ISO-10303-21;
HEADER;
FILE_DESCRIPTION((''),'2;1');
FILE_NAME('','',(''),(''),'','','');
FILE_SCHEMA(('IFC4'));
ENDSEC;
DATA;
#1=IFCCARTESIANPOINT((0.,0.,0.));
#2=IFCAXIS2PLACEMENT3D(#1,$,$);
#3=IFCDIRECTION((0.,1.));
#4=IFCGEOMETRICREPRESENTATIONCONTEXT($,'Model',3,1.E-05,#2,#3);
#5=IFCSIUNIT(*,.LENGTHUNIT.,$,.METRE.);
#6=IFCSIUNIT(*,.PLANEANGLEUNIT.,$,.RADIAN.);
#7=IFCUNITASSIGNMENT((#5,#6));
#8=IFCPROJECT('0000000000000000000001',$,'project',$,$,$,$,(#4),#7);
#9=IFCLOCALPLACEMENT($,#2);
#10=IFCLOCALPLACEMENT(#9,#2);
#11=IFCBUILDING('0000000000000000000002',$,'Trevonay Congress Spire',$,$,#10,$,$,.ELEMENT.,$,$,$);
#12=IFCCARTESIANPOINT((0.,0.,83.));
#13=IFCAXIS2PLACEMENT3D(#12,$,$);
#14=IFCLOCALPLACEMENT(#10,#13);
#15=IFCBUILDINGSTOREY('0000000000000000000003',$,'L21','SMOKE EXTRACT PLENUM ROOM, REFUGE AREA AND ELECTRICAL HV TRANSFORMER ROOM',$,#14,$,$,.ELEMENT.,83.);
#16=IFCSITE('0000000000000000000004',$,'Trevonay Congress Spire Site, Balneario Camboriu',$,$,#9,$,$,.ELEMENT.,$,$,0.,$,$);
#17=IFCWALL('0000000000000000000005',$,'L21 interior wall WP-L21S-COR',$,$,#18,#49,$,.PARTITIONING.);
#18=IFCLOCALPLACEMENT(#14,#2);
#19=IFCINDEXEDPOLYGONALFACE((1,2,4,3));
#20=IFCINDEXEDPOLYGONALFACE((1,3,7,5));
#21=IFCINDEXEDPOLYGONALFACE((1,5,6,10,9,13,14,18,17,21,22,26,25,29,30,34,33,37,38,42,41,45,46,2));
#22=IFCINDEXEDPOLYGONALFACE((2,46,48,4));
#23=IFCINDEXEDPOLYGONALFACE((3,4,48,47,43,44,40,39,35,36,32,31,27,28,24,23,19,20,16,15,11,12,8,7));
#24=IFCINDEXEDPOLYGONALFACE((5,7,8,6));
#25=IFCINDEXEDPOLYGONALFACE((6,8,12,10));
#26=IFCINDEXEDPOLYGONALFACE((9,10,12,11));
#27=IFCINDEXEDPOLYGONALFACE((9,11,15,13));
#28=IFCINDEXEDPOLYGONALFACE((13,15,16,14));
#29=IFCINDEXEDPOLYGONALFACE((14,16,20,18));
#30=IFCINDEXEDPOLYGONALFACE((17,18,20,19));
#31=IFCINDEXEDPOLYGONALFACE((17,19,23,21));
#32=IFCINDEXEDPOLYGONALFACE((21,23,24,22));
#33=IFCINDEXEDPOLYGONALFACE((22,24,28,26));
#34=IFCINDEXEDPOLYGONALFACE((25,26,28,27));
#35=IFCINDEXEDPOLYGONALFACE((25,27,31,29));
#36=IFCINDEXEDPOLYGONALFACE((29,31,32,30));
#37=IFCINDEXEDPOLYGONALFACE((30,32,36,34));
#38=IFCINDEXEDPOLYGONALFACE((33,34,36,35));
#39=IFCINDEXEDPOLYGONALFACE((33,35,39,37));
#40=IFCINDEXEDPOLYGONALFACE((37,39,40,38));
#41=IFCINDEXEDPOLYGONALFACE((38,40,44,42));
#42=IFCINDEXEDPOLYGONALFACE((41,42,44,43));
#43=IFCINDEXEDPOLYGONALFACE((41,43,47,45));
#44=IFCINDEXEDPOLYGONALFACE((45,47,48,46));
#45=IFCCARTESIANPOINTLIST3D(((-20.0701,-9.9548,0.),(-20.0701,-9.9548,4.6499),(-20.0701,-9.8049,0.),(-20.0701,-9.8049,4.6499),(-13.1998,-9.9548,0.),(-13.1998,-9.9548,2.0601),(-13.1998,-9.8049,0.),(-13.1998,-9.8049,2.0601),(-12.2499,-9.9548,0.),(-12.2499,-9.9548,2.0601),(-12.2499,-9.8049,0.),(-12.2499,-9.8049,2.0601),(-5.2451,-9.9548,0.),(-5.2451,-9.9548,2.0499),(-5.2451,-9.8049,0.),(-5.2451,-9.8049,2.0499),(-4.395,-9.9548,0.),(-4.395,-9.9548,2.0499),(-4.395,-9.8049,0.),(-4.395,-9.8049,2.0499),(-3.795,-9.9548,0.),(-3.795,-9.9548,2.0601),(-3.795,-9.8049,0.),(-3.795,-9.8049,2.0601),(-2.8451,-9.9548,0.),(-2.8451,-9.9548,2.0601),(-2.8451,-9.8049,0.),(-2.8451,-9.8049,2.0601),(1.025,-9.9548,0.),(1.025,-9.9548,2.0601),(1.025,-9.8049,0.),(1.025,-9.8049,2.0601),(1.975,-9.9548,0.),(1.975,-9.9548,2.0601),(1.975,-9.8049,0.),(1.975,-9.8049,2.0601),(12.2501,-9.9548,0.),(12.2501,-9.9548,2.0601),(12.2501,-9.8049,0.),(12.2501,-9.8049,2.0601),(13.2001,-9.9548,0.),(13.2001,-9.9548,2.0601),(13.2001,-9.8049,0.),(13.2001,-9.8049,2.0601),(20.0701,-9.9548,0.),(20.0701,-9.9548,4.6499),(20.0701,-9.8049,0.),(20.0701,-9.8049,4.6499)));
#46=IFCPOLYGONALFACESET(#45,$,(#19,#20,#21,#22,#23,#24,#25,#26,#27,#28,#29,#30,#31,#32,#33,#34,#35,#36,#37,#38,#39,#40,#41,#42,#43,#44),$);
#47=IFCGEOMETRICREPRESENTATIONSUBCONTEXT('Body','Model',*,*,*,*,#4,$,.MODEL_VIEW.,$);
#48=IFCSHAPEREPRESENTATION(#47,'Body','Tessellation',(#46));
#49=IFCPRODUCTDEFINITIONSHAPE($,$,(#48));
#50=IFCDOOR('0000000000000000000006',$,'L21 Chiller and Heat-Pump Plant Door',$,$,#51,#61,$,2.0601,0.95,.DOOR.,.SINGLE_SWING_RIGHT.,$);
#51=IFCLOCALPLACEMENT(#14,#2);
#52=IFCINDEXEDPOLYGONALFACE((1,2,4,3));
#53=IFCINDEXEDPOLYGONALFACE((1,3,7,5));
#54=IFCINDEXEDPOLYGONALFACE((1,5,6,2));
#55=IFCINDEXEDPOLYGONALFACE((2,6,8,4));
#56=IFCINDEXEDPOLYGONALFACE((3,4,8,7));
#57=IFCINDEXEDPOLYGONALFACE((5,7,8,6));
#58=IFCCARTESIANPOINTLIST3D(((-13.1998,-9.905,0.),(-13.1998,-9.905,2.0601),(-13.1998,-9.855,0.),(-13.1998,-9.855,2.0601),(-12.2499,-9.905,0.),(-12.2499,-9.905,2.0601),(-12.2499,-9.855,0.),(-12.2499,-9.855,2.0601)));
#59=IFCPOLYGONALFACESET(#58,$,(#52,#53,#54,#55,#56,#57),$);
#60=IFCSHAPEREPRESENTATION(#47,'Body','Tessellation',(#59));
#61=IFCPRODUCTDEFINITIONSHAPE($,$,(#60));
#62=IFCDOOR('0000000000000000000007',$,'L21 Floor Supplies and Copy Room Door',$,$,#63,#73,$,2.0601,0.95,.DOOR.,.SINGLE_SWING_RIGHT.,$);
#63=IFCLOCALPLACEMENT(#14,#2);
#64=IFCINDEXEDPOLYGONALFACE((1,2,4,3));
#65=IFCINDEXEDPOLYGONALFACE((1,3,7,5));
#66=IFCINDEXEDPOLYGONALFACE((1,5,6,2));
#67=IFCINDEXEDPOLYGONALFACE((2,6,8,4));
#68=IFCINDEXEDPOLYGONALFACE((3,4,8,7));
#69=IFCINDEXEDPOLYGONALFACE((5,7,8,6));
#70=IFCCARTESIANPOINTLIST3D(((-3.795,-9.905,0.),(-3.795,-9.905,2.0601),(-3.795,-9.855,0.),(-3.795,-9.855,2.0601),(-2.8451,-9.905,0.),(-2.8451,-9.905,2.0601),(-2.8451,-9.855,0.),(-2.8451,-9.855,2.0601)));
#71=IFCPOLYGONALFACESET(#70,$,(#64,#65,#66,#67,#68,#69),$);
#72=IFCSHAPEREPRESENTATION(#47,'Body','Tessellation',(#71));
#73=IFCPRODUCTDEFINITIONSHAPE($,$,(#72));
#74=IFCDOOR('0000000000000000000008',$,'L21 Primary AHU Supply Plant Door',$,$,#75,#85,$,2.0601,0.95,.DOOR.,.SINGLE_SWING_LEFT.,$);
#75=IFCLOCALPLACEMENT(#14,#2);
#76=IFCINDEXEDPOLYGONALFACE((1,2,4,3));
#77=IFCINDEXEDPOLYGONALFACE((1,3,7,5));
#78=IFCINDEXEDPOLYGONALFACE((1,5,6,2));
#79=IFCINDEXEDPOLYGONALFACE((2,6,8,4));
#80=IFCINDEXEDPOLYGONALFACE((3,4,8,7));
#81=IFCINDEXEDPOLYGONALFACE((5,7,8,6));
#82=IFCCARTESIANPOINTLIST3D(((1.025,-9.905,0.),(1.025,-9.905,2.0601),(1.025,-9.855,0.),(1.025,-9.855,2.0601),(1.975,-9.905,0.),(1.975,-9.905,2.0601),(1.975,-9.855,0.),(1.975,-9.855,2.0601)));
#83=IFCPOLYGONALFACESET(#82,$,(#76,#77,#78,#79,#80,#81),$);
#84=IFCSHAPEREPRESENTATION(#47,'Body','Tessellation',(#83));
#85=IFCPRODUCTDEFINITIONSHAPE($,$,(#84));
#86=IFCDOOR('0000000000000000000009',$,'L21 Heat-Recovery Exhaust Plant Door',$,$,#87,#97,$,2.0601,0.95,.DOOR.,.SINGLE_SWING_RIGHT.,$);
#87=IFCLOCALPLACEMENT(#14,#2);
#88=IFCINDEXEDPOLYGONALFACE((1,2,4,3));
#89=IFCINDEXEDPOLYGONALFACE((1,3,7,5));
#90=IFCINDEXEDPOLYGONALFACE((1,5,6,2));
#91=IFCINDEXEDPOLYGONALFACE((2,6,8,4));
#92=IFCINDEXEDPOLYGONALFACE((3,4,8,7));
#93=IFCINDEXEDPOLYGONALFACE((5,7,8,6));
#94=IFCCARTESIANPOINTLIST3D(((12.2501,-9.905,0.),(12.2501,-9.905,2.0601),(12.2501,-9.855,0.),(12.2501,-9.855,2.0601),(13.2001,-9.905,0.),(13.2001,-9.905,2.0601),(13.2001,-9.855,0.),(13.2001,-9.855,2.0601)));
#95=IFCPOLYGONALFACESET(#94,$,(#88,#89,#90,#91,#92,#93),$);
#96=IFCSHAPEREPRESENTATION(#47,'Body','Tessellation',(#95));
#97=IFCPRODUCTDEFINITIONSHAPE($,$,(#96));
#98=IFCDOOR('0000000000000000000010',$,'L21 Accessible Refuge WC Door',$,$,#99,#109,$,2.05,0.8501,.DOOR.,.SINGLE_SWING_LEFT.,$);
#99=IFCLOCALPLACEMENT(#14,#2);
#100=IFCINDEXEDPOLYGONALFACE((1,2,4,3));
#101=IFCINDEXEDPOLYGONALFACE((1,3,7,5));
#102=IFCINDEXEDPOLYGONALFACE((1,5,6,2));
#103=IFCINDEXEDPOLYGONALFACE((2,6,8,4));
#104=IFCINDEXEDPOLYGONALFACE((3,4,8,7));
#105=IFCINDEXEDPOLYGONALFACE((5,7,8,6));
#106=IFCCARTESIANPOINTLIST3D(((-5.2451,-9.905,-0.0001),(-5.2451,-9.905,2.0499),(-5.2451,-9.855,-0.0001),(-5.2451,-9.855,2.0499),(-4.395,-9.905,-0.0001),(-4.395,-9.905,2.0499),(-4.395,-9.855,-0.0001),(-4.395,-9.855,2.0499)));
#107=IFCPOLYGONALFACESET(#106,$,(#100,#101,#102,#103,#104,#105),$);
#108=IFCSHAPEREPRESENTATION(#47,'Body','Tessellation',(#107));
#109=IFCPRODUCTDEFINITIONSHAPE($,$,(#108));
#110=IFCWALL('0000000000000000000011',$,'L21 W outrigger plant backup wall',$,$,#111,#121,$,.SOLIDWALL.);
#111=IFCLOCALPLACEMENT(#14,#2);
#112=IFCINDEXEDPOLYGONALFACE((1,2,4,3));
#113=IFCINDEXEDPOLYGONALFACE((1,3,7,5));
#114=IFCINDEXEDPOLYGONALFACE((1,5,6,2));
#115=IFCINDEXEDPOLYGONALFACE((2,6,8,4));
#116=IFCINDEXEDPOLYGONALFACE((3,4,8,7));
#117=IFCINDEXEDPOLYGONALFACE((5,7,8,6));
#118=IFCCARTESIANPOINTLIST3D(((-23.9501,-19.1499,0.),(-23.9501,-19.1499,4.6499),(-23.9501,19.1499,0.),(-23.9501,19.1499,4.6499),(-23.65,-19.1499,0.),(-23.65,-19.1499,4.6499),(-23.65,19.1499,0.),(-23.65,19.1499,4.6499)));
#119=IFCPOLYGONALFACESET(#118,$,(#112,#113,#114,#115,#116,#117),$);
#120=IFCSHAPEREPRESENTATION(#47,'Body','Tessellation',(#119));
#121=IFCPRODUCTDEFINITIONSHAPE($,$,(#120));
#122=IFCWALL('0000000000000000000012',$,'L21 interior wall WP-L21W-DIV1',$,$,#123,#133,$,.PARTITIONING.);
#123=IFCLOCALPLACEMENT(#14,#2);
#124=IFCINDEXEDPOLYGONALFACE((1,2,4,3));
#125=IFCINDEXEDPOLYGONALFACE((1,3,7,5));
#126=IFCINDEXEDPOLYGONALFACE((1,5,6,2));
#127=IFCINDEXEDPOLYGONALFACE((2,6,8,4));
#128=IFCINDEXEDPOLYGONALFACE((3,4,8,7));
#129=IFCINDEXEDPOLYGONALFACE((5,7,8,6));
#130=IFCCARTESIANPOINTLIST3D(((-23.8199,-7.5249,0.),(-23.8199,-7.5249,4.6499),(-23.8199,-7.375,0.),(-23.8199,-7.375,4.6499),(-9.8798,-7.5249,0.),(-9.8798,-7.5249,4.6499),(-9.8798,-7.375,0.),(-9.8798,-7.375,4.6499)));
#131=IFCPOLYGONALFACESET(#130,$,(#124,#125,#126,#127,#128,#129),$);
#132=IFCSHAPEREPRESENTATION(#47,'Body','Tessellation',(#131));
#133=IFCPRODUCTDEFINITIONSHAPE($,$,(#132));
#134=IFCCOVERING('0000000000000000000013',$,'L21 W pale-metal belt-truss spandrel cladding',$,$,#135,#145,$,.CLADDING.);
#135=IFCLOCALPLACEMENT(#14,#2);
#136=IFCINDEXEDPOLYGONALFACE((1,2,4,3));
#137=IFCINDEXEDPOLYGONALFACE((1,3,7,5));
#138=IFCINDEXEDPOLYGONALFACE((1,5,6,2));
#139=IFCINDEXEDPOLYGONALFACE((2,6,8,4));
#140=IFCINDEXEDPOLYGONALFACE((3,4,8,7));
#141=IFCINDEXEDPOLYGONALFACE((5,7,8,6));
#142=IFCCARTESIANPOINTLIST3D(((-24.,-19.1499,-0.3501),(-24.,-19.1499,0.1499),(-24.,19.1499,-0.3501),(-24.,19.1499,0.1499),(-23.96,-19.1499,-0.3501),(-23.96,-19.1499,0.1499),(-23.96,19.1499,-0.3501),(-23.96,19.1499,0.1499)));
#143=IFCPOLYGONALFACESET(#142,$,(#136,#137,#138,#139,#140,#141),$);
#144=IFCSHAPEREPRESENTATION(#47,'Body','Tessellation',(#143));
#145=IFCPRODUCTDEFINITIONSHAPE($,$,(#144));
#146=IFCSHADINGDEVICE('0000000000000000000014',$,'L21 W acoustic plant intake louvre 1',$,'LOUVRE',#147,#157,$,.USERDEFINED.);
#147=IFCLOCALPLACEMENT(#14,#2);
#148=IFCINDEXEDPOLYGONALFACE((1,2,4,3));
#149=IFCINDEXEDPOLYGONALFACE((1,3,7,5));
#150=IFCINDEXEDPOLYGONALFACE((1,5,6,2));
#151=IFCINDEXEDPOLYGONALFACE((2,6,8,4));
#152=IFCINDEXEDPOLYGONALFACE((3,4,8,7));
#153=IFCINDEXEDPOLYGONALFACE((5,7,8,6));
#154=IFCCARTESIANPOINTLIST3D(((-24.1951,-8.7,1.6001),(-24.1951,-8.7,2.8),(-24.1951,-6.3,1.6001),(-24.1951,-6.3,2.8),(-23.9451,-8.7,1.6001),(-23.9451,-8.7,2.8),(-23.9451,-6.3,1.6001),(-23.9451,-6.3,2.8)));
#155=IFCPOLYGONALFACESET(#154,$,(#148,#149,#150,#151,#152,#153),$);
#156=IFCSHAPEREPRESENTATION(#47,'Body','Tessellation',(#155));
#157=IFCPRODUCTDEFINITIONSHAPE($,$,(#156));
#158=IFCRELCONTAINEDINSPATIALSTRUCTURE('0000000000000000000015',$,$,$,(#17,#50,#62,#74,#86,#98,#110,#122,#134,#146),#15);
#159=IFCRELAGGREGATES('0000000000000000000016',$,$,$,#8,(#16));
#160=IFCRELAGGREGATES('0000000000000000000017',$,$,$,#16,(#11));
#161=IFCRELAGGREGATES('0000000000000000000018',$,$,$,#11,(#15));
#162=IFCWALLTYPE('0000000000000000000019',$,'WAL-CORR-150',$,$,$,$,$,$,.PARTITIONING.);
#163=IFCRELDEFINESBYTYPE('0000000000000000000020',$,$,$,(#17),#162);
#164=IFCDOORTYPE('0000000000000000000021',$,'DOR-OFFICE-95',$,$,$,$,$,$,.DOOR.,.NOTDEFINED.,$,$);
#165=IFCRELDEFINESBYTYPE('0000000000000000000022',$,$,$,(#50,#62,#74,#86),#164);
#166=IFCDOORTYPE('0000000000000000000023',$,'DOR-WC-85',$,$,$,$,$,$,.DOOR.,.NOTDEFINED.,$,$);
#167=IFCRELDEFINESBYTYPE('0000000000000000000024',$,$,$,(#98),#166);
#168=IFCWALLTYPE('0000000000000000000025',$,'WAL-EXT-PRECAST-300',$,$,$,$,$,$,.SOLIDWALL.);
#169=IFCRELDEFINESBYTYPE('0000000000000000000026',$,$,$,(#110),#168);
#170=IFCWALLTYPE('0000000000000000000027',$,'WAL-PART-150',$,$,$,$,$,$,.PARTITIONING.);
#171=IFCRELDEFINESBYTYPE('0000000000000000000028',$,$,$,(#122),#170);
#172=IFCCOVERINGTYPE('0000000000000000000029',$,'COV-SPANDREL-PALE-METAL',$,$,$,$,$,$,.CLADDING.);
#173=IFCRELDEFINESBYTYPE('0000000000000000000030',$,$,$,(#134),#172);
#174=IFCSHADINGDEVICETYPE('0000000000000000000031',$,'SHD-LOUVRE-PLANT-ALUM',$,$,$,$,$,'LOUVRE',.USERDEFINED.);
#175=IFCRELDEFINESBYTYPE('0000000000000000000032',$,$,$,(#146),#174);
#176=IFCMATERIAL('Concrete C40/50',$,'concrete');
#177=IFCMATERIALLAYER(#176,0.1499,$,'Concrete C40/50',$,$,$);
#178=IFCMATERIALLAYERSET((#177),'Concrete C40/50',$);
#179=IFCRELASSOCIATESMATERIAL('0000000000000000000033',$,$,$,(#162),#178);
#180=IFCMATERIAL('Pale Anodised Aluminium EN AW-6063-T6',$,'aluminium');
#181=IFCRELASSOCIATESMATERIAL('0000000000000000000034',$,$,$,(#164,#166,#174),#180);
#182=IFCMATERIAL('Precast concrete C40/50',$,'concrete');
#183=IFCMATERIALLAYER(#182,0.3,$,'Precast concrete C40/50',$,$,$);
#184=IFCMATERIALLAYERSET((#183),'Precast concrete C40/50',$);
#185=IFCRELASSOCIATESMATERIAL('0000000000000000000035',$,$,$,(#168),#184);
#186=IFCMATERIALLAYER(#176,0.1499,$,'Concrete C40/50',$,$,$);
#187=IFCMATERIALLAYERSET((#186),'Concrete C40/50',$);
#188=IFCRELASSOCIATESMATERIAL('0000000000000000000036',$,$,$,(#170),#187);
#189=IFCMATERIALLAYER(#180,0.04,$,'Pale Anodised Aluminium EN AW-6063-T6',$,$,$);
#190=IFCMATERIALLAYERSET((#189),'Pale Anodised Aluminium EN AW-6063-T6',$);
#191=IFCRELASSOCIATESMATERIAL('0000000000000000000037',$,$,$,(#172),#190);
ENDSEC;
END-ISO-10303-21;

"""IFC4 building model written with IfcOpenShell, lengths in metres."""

from ifc_helpers import new_model, si_unit, direction, frame, frame_2d, origin, origin_2d, place, context, subcontext, project, spatial, rectangle, extrude, material, layer, layer_set, type_object, element, fill, save


model = new_model("IFC4")

# Units and contexts
model_context = context("Model", 3, precision=1e-05, world=origin(), true_north=direction((0.0, 1.0)))
body_context = subcontext(model_context, "Body", "Model", "MODEL_VIEW")
ifc_project = project(units=[si_unit("LENGTHUNIT", "METRE"), si_unit("PLANEANGLEUNIT", "RADIAN")], contexts=[model_context])

# Site, building, storey
site_placement = place(None, origin())
site = spatial("IfcSite", under=ifc_project, at=site_placement, Name="Trevonay Congress Spire Site, Balneario Camboriu", CompositionType="ELEMENT", RefElevation=0.0)
building_placement = place(site_placement, origin())
building = spatial("IfcBuilding", under=site, at=building_placement, Name="Trevonay Congress Spire", CompositionType="ELEMENT")
storey_placement = place(building_placement, frame((0.0, 0.0, 83.0)))
storey = spatial("IfcBuildingStorey", under=building, at=storey_placement, Name="L21", Description="SMOKE EXTRACT PLENUM ROOM, REFUGE AREA AND ELECTRICAL HV TRANSFORMER ROOM", CompositionType="ELEMENT", Elevation=83.0)

# Wall, openings, doors
ifc_material_1 = material(Name="Concrete C40/50", Category="concrete")
ifc_layer_1 = layer(ifc_material_1, 0.1499, Name="Concrete C40/50")
ifc_layer_set_1 = layer_set([ifc_layer_1], Name="Concrete C40/50")
wall_type_1 = type_object("IfcWallType", Name="WAL-CORR-150", PredefinedType="PARTITIONING", material=ifc_layer_set_1)
wall_1_placement = place(storey_placement, frame((-20.0701, -9.8799, 0.0), z_axis=(0.0, 0.0, 1.0), x_axis=(1.0, 0.0, 0.0)))
wall_1 = element("IfcWall", 1, at=wall_1_placement, inside=storey, type_object=wall_type_1, Name="L21 interior wall WP-L21S-COR", PredefinedType="PARTITIONING", context=body_context, shape_type="SweptSolid", body=[
    extrude(rectangle(XDim=40.1401, YDim=0.1499, at=frame_2d((20.0701, 0.0))), origin(), (0.0, 0.0, 1.0), 4.6499),
])
opening_1_placement = place(wall_1_placement, frame((6.8701, 0.0, 0.0)))
opening_1 = element("IfcOpeningElement", 2, at=opening_1_placement, cuts=wall_1, PredefinedType="OPENING", context=body_context, shape_type="SweptSolid", body=[
    extrude(rectangle(XDim=0.95, YDim=2.0601, at=frame_2d((0.4751, 1.03))), frame((0.0, 0.085, 0.0), z_axis=(0.0, -1.0, 0.0), x_axis=(1.0, 0.0, 0.0)), (0.0, 0.0, 1.0), 0.1699),
])
opening_2_placement = place(wall_1_placement, frame((14.825, 0.0, 0.0)))
opening_2 = element("IfcOpeningElement", 3, at=opening_2_placement, cuts=wall_1, PredefinedType="OPENING", context=body_context, shape_type="SweptSolid", body=[
    extrude(rectangle(XDim=0.8501, YDim=2.05, at=frame_2d((0.425, 1.0249))), frame((0.0, 0.085, 0.0), z_axis=(0.0, -1.0, 0.0), x_axis=(1.0, 0.0, 0.0)), (0.0, 0.0, 1.0), 0.1699),
])
opening_3_placement = place(wall_1_placement, frame((16.2749, 0.0, 0.0)))
opening_3 = element("IfcOpeningElement", 4, at=opening_3_placement, cuts=wall_1, PredefinedType="OPENING", context=body_context, shape_type="SweptSolid", body=[
    extrude(rectangle(XDim=0.95, YDim=2.0601, at=frame_2d((0.4751, 1.03))), frame((0.0, 0.085, 0.0), z_axis=(0.0, -1.0, 0.0), x_axis=(1.0, 0.0, 0.0)), (0.0, 0.0, 1.0), 0.1699),
])
opening_4_placement = place(wall_1_placement, frame((21.095, 0.0, 0.0)))
opening_4 = element("IfcOpeningElement", 5, at=opening_4_placement, cuts=wall_1, PredefinedType="OPENING", context=body_context, shape_type="SweptSolid", body=[
    extrude(rectangle(XDim=0.95, YDim=2.0601, at=frame_2d((0.4751, 1.03))), frame((0.0, 0.085, 0.0), z_axis=(0.0, -1.0, 0.0), x_axis=(1.0, 0.0, 0.0)), (0.0, 0.0, 1.0), 0.1699),
])
opening_5_placement = place(wall_1_placement, frame((32.3201, 0.0, 0.0)))
opening_5 = element("IfcOpeningElement", 6, at=opening_5_placement, cuts=wall_1, PredefinedType="OPENING", context=body_context, shape_type="SweptSolid", body=[
    extrude(rectangle(XDim=0.95, YDim=2.0601, at=frame_2d((0.4751, 1.03))), frame((0.0, 0.085, 0.0), z_axis=(0.0, -1.0, 0.0), x_axis=(1.0, 0.0, 0.0)), (0.0, 0.0, 1.0), 0.1699),
])
ifc_material_2 = material(Name="Pale Anodised Aluminium EN AW-6063-T6", Category="aluminium")
door_type_1 = type_object("IfcDoorType", Name="DOR-OFFICE-95", OperationType="NOTDEFINED", PredefinedType="DOOR", material=ifc_material_2)
door_1_placement = place(opening_1_placement, origin())
door_1 = element("IfcDoor", 7, at=door_1_placement, inside=storey, type_object=door_type_1, Name="L21 Chiller and Heat-Pump Plant Door", OperationType="SINGLE_SWING_RIGHT", OverallHeight=2.0601, OverallWidth=0.95, PredefinedType="DOOR", context=body_context, shape_type="SweptSolid", body=[
    extrude(rectangle(XDim=0.95, YDim=2.0601, at=frame_2d((0.4751, 1.03))), frame((0.0, 0.0249, 0.0), z_axis=(0.0, -1.0, 0.0), x_axis=(1.0, 0.0, 0.0)), (0.0, 0.0, 1.0), 0.05),
])
fill(opening_1, door_1)
door_2_placement = place(opening_3_placement, origin())
door_2 = element("IfcDoor", 8, at=door_2_placement, inside=storey, type_object=door_type_1, Name="L21 Floor Supplies and Copy Room Door", OperationType="SINGLE_SWING_RIGHT", OverallHeight=2.0601, OverallWidth=0.95, PredefinedType="DOOR", context=body_context, shape_type="SweptSolid", body=[
    extrude(rectangle(XDim=0.95, YDim=2.0601, at=frame_2d((0.4751, 1.03))), frame((0.0, 0.0249, 0.0), z_axis=(0.0, -1.0, 0.0), x_axis=(1.0, 0.0, 0.0)), (0.0, 0.0, 1.0), 0.05),
])
fill(opening_3, door_2)
door_3_placement = place(opening_4_placement, origin())
door_3 = element("IfcDoor", 9, at=door_3_placement, inside=storey, type_object=door_type_1, Name="L21 Primary AHU Supply Plant Door", OperationType="SINGLE_SWING_LEFT", OverallHeight=2.0601, OverallWidth=0.95, PredefinedType="DOOR", context=body_context, shape_type="SweptSolid", body=[
    extrude(rectangle(XDim=0.95, YDim=2.0601, at=frame_2d((0.4751, 1.03))), frame((0.0, 0.0249, 0.0), z_axis=(0.0, -1.0, 0.0), x_axis=(1.0, 0.0, 0.0)), (0.0, 0.0, 1.0), 0.05),
])
fill(opening_4, door_3)
door_4_placement = place(opening_5_placement, origin())
door_4 = element("IfcDoor", 10, at=door_4_placement, inside=storey, type_object=door_type_1, Name="L21 Heat-Recovery Exhaust Plant Door", OperationType="SINGLE_SWING_RIGHT", OverallHeight=2.0601, OverallWidth=0.95, PredefinedType="DOOR", context=body_context, shape_type="SweptSolid", body=[
    extrude(rectangle(XDim=0.95, YDim=2.0601, at=frame_2d((0.4751, 1.03))), frame((0.0, 0.0249, 0.0), z_axis=(0.0, -1.0, 0.0), x_axis=(1.0, 0.0, 0.0)), (0.0, 0.0, 1.0), 0.05),
])
fill(opening_5, door_4)
door_type_2 = type_object("IfcDoorType", Name="DOR-WC-85", OperationType="NOTDEFINED", PredefinedType="DOOR", material=ifc_material_2)
door_5_placement = place(opening_2_placement, origin())
door_5 = element("IfcDoor", 11, at=door_5_placement, inside=storey, type_object=door_type_2, Name="L21 Accessible Refuge WC Door", OperationType="SINGLE_SWING_LEFT", OverallHeight=2.05, OverallWidth=0.8501, PredefinedType="DOOR", context=body_context, shape_type="SweptSolid", body=[
    extrude(rectangle(XDim=0.8501, YDim=2.05, at=frame_2d((0.425, 1.0249))), frame((0.0, 0.0249, 0.0), z_axis=(0.0, -1.0, 0.0), x_axis=(1.0, 0.0, 0.0)), (0.0, 0.0, 1.0), 0.05),
])
fill(opening_2, door_5)

# Walls
ifc_material_3 = material(Name="Precast concrete C40/50", Category="concrete")
ifc_layer_2 = layer(ifc_material_3, 0.3, Name="Precast concrete C40/50")
ifc_layer_set_2 = layer_set([ifc_layer_2], Name="Precast concrete C40/50")
wall_type_2 = type_object("IfcWallType", Name="WAL-EXT-PRECAST-300", PredefinedType="SOLIDWALL", material=ifc_layer_set_2)
wall_2_placement = place(storey_placement, frame((-23.8, -19.1499, 0.0), z_axis=(0.0, 0.0, 1.0), x_axis=(0.0, 1.0, 0.0)))
element("IfcWall", 12, at=wall_2_placement, inside=storey, type_object=wall_type_2, Name="L21 W outrigger plant backup wall", PredefinedType="SOLIDWALL", context=body_context, shape_type="SweptSolid", body=[
    extrude(rectangle(XDim=38.2998, YDim=0.3, at=frame_2d((19.1499, 0.0))), origin(), (0.0, 0.0, 1.0), 4.6499),
])
ifc_layer_3 = layer(ifc_material_1, 0.1499, Name="Concrete C40/50")
ifc_layer_set_3 = layer_set([ifc_layer_3], Name="Concrete C40/50")
wall_type_3 = type_object("IfcWallType", Name="WAL-PART-150", PredefinedType="PARTITIONING", material=ifc_layer_set_3)
wall_3_placement = place(storey_placement, frame((-23.8201, -7.45, 0.0), z_axis=(0.0, 0.0, 1.0), x_axis=(1.0, 0.0, 0.0)))
element("IfcWall", 13, at=wall_3_placement, inside=storey, type_object=wall_type_3, Name="L21 interior wall WP-L21W-DIV1", PredefinedType="PARTITIONING", context=body_context, shape_type="SweptSolid", body=[
    extrude(rectangle(XDim=13.9402, YDim=0.1499, at=frame_2d((6.9702, 0.0))), origin(), (0.0, 0.0, 1.0), 4.6499),
])

# Covering
ifc_layer_4 = layer(ifc_material_2, 0.04, Name="Pale Anodised Aluminium EN AW-6063-T6")
ifc_layer_set_4 = layer_set([ifc_layer_4], Name="Pale Anodised Aluminium EN AW-6063-T6")
covering_type = type_object("IfcCoveringType", Name="COV-SPANDREL-PALE-METAL", PredefinedType="CLADDING", material=ifc_layer_set_4)
covering_placement = place(storey_placement, frame((-23.98, -19.1499, -0.3501), z_axis=(0.0, 0.0, 1.0), x_axis=(0.0, 1.0, 0.0)))
element("IfcCovering", 14, at=covering_placement, inside=storey, type_object=covering_type, Name="L21 W pale-metal belt-truss spandrel cladding", PredefinedType="CLADDING", context=body_context, shape_type="SweptSolid", body=[
    extrude(rectangle(XDim=38.2998, YDim=0.04, at=frame_2d((19.1499, 0.0))), origin(), (0.0, 0.0, 1.0), 0.5),
])

# Shading device
shading_device_type = type_object("IfcShadingDeviceType", Name="SHD-LOUVRE-PLANT-ALUM", ElementType="LOUVRE", PredefinedType="USERDEFINED", material=ifc_material_2)
shading_device_placement = place(storey_placement, frame((-24.0701, -7.5, 1.6001), z_axis=(0.0, 0.0, 1.0), x_axis=(0.0, 1.0, 0.0)))
element("IfcShadingDevice", 15, at=shading_device_placement, inside=storey, type_object=shading_device_type, Name="L21 W acoustic plant intake louvre 1", ObjectType="LOUVRE", PredefinedType="USERDEFINED", context=body_context, shape_type="SweptSolid", body=[
    extrude(rectangle(XDim=2.3999, YDim=0.25, at=origin_2d()), origin(), (0.0, 0.0, 1.0), 1.2),
])

save(model, "model.ifc")
